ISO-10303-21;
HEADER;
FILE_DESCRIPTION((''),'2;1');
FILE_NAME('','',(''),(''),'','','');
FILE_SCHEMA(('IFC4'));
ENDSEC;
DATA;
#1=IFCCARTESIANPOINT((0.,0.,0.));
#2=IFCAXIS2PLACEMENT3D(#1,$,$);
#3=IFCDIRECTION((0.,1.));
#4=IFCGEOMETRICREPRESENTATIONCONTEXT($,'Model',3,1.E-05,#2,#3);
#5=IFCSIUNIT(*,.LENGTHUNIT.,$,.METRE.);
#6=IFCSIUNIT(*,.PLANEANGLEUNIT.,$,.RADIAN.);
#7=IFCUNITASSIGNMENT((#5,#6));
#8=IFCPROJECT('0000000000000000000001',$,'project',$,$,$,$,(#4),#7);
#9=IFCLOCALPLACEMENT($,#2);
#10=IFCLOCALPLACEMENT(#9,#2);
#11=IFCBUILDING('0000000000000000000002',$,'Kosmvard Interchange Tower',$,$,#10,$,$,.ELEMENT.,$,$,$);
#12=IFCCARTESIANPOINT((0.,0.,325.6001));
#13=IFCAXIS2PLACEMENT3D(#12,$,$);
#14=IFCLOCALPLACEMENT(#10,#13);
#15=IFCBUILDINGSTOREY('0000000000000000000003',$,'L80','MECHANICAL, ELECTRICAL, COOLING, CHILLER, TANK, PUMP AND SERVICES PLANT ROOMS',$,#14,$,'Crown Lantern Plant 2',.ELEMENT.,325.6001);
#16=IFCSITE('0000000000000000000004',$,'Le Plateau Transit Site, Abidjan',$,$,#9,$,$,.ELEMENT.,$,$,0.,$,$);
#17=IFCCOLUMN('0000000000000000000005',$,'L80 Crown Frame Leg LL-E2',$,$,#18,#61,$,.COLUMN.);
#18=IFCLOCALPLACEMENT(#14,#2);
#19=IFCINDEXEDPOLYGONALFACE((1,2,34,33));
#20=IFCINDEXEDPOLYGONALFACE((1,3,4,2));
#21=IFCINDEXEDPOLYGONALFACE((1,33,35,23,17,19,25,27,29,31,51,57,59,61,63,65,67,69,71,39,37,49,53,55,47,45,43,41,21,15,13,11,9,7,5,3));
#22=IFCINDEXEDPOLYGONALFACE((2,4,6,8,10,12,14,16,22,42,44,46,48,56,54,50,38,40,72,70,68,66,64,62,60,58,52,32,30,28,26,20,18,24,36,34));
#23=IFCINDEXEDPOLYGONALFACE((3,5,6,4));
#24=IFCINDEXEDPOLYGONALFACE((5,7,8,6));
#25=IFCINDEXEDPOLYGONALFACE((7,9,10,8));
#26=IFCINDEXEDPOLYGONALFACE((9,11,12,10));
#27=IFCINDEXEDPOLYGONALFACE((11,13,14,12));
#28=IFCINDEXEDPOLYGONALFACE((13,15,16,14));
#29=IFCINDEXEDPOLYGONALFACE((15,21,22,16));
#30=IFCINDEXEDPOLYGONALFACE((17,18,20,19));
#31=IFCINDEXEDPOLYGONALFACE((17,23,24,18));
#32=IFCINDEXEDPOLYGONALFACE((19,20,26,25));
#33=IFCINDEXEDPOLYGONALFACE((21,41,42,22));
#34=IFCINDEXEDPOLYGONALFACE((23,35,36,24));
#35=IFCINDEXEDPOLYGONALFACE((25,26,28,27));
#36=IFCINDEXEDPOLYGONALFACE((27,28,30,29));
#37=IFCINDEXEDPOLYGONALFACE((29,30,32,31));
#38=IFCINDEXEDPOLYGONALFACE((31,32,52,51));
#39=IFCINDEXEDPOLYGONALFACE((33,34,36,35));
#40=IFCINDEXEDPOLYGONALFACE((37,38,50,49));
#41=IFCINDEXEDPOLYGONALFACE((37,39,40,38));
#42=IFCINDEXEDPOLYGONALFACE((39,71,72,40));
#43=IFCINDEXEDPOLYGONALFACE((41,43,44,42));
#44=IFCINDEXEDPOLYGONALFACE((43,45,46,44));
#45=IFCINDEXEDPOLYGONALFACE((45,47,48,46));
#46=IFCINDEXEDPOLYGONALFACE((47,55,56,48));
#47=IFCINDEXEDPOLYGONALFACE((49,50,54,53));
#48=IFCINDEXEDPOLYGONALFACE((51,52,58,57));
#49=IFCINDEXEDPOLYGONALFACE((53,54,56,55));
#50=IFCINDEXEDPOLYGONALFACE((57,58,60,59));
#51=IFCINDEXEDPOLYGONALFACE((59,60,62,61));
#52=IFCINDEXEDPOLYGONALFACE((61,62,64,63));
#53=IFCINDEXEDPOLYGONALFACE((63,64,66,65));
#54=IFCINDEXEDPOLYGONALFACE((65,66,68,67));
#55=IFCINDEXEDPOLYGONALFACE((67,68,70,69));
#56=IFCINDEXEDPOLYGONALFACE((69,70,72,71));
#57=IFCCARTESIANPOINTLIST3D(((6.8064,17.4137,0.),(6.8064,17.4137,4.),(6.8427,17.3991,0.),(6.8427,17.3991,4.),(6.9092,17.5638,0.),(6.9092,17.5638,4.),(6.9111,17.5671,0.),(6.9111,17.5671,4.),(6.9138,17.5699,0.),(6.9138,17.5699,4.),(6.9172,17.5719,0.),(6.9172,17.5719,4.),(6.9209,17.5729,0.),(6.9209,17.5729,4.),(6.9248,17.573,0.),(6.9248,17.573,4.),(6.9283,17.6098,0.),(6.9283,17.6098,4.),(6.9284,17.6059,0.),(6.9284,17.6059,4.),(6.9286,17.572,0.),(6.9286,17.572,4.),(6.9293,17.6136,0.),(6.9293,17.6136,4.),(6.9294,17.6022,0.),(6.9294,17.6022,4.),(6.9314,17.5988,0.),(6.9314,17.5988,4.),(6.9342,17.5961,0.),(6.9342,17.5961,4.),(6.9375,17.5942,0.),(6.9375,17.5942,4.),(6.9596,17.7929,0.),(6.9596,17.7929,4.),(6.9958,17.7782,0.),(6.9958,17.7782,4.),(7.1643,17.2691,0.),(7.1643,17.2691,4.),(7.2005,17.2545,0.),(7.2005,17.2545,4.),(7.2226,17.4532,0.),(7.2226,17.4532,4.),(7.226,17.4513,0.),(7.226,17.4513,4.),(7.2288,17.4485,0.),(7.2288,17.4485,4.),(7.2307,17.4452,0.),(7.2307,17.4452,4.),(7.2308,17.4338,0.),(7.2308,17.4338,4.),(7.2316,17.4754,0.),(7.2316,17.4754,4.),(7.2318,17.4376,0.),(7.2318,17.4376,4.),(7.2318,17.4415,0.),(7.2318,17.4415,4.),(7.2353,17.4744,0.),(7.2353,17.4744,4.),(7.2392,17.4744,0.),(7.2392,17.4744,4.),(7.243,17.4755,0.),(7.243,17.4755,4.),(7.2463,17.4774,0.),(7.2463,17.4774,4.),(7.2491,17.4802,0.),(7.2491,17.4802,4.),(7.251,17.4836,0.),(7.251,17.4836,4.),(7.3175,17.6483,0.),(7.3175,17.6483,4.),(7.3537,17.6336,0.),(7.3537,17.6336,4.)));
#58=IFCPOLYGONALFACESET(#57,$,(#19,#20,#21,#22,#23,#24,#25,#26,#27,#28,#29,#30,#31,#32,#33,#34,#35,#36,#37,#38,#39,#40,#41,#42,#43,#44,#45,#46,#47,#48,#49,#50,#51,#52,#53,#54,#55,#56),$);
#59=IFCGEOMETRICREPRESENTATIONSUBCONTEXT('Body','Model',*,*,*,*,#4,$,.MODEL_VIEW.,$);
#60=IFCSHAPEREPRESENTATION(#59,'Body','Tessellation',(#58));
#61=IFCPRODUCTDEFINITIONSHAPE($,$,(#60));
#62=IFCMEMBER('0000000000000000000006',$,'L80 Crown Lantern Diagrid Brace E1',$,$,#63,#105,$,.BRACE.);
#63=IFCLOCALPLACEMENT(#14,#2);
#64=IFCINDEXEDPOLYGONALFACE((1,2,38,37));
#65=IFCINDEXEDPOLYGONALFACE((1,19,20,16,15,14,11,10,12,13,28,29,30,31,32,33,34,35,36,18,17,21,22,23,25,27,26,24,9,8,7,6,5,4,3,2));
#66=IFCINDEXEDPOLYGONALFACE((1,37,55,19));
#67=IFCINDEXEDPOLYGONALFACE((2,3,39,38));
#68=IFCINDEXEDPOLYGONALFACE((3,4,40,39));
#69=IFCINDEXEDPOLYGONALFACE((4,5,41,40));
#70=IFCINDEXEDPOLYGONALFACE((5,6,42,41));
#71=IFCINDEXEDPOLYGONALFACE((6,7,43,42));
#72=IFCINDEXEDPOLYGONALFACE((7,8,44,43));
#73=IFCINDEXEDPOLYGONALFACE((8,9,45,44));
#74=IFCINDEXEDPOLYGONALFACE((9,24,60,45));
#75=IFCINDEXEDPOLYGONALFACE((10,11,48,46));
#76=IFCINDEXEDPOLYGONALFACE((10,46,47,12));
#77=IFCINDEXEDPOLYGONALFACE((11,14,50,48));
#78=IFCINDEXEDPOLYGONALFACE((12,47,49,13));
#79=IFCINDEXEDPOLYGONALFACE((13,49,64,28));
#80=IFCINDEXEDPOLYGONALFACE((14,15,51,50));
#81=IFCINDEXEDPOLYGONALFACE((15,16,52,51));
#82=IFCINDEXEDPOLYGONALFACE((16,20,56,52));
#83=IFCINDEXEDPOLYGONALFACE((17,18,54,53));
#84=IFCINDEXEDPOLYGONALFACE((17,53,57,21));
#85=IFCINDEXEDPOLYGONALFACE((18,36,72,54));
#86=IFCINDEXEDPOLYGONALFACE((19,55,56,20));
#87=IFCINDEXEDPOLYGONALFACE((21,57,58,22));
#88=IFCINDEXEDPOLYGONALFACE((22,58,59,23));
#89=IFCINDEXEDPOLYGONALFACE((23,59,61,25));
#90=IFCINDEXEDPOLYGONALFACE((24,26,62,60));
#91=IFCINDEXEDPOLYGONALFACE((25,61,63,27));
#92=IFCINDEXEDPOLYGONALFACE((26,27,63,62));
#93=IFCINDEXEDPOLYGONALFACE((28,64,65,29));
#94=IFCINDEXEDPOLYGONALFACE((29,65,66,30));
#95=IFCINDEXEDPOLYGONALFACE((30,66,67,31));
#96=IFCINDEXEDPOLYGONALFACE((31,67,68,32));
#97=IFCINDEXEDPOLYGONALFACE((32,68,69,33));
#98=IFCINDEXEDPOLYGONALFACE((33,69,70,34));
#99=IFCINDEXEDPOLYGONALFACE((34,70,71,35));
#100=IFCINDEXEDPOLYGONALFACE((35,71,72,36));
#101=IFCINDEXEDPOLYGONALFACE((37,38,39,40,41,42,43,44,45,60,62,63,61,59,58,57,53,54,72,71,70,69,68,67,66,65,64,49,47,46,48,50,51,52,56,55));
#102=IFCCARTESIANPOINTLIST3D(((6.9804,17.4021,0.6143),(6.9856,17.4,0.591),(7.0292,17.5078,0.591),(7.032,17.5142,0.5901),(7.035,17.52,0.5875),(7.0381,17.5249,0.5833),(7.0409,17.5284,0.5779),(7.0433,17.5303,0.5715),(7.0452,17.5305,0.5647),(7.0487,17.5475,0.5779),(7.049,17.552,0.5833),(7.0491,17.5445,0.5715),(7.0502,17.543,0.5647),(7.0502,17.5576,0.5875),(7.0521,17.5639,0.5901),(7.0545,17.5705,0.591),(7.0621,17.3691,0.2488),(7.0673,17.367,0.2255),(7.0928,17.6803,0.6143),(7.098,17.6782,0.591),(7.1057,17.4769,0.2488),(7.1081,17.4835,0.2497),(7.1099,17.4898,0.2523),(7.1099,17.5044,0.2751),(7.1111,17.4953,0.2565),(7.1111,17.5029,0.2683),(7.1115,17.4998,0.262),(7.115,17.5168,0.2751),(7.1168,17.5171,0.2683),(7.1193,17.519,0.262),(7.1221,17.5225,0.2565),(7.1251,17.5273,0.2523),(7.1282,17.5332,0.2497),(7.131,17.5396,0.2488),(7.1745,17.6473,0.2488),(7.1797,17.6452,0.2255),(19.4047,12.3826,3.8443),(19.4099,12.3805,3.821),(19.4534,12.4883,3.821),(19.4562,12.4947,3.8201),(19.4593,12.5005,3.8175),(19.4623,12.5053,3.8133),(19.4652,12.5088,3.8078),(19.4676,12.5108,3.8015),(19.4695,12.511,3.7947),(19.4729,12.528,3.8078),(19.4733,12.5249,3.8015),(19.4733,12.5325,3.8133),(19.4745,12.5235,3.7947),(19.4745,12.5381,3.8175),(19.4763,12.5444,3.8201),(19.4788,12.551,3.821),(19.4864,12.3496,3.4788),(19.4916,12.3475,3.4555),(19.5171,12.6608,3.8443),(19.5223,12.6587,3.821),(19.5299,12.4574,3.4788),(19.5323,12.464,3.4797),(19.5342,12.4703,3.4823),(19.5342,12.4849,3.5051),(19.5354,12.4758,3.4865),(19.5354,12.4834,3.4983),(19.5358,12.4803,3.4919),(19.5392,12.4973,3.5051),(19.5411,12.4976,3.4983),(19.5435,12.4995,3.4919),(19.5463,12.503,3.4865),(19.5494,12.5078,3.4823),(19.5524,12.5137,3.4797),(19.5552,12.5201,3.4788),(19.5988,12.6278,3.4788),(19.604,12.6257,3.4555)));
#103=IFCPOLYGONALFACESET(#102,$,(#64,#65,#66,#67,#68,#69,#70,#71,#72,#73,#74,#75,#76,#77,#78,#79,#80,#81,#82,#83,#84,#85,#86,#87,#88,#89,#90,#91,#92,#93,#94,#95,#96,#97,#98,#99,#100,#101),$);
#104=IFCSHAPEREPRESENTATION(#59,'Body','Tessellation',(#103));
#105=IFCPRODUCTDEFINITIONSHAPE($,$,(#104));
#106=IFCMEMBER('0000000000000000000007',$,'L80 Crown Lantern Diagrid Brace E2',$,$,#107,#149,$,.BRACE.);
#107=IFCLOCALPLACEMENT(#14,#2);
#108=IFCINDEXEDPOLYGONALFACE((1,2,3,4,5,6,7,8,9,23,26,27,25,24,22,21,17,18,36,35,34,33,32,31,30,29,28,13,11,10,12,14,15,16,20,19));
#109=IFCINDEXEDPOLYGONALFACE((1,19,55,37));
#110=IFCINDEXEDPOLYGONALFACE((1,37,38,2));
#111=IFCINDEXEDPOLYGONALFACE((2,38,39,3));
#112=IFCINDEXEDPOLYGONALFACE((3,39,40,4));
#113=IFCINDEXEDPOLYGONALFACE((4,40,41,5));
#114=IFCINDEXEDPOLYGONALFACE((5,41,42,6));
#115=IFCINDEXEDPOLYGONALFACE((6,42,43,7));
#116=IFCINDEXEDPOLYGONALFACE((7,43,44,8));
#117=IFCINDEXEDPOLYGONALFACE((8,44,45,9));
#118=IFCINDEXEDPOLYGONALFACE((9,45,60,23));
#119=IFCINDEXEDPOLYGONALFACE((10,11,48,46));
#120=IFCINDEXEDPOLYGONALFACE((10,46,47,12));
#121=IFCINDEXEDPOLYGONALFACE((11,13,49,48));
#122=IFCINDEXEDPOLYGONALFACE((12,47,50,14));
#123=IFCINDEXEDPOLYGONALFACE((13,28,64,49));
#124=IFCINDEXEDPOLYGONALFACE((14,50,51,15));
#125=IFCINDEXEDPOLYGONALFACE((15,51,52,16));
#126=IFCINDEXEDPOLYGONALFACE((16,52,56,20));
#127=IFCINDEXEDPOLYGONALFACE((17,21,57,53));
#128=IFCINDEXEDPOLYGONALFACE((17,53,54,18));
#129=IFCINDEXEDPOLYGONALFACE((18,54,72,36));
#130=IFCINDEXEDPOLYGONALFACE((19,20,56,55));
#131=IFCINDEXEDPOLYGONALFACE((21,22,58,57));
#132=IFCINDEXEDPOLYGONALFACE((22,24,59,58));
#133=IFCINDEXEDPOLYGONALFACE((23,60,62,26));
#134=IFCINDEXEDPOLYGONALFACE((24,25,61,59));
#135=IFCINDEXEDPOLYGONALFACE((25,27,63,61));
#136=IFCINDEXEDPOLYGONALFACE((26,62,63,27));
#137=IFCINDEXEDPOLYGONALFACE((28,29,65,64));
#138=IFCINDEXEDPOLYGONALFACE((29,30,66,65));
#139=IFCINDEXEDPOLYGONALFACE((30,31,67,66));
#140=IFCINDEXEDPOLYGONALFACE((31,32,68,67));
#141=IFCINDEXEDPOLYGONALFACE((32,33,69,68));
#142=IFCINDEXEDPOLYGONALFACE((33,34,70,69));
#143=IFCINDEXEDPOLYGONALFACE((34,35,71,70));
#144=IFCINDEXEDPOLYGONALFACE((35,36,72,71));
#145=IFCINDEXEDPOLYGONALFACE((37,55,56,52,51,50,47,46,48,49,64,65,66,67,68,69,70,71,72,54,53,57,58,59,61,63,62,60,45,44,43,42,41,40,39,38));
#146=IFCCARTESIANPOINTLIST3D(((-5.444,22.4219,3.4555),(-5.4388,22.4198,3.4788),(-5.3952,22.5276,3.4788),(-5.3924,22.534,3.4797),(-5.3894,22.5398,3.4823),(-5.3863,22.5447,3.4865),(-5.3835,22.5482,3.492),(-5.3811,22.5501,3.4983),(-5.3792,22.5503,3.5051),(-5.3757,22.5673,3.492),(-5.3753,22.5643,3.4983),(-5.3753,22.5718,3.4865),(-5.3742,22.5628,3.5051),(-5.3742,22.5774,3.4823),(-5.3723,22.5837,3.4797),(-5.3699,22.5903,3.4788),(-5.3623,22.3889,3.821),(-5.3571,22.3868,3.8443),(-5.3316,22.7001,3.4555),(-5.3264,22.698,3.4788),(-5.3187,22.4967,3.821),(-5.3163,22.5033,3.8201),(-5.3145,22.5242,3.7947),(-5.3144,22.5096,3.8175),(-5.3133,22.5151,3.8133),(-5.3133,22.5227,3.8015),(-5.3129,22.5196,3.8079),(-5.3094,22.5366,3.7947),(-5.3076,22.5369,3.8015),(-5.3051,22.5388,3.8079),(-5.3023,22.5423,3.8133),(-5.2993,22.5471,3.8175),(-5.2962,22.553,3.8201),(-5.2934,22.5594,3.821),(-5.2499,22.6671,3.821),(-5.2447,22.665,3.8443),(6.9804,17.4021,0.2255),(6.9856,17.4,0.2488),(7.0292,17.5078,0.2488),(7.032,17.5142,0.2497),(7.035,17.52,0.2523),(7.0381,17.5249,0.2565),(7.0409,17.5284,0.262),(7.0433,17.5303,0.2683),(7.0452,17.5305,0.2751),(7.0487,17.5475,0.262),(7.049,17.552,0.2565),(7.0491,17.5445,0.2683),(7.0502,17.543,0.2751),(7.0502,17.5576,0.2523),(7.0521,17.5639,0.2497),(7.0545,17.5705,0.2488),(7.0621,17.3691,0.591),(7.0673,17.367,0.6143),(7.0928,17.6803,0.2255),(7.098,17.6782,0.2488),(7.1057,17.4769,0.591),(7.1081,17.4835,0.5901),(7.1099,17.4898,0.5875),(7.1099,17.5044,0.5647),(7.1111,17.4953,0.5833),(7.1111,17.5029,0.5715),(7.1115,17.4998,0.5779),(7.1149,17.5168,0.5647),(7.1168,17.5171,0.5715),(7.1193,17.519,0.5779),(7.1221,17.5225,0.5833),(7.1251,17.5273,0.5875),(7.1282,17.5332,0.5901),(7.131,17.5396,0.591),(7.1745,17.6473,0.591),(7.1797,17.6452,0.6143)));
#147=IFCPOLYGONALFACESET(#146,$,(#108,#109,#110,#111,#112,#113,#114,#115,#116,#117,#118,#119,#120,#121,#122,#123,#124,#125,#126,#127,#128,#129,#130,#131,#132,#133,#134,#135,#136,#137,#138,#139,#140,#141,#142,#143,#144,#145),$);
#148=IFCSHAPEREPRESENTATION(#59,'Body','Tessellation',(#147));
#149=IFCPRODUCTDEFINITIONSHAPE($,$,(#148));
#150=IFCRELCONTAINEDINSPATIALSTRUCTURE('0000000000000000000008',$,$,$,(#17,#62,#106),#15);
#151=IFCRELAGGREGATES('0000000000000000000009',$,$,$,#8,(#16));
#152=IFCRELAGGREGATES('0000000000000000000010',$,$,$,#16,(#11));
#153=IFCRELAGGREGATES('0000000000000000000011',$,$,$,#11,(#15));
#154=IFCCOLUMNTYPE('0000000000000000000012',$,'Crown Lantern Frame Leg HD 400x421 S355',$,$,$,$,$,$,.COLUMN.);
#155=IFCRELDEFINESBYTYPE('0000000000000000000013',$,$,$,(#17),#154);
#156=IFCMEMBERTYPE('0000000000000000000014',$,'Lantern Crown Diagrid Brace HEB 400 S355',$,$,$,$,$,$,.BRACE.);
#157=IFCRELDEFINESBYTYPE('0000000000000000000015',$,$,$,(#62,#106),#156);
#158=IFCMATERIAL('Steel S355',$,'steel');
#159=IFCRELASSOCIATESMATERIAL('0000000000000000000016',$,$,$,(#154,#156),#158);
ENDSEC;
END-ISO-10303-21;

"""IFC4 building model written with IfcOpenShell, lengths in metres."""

from ifc_helpers import new_model, si_unit, direction, frame, origin, origin_2d, place, context, subcontext, project, spatial, i_section, extrude, source, transform, mapped, material, material_profile, profile_set, type_object, element, save


model = new_model("IFC4")

# Units and contexts
model_context = context("Model", 3, precision=1e-05, world=origin(), true_north=direction((0.0, 1.0)))
body_context = subcontext(model_context, "Body", "Model", "MODEL_VIEW")
ifc_project = project(units=[si_unit("LENGTHUNIT", "METRE"), si_unit("PLANEANGLEUNIT", "RADIAN")], contexts=[model_context])

# Site, building, storey
site_placement = place(None, origin())
site = spatial("IfcSite", under=ifc_project, at=site_placement, Name="Le Plateau Transit Site, Abidjan", CompositionType="ELEMENT", RefElevation=0.0)
building_placement = place(site_placement, origin())
building = spatial("IfcBuilding", under=site, at=building_placement, Name="Kosmvard Interchange Tower", CompositionType="ELEMENT")
storey_placement = place(building_placement, frame((0.0, 0.0, 325.6001)))
storey = spatial("IfcBuildingStorey", under=building, at=storey_placement, Name="L80", Description="MECHANICAL, ELECTRICAL, COOLING, CHILLER, TANK, PUMP AND SERVICES PLANT ROOMS", LongName="Crown Lantern Plant 2", CompositionType="ELEMENT", Elevation=325.6001)

# Column
ifc_material_1 = material(Name="Steel S355", Category="steel")
ifc_material_profile_1 = material_profile(ifc_material_1, i_section(OverallWidth=0.4089, OverallDepth=0.425, WebThickness=0.0239, FlangeThickness=0.0391, FilletRadius=0.0149, at=origin_2d()), Name="HD 400x421")
ifc_profile_set_1 = profile_set([ifc_material_profile_1], Name="Steel S355")
column_type = type_object("IfcColumnType", Name="Crown Lantern Frame Leg HD 400x421 S355", PredefinedType="COLUMN", material=ifc_profile_set_1)
shared_shape_1 = source(origin(), body_context, "Body", "SweptSolid", [
    extrude(i_section(OverallWidth=0.4089, OverallDepth=0.425, WebThickness=0.0239, FlangeThickness=0.0391, FilletRadius=0.0149, at=origin_2d()), origin(), (0.0, 0.0, 1.0), 4.0),
])
column_placement = place(storey_placement, frame((7.0801, 17.5237, 0.0), z_axis=(0.0, 0.0, 1.0), x_axis=(0.374607, 0.927184, 0.0)))
element("IfcColumn", 1, at=column_placement, inside=storey, type_object=column_type, Name="L80 Crown Frame Leg LL-E2", PredefinedType="COLUMN", context=body_context, shape_type="MappedRepresentation", body=[
    mapped(shared_shape_1, transform((0.0, 0.0, 0.0), scale=1.0)),
])

# Members
ifc_material_profile_2 = material_profile(ifc_material_1, i_section(OverallWidth=0.3, OverallDepth=0.3999, WebThickness=0.0134, FlangeThickness=0.0239, FilletRadius=0.0271, at=origin_2d()), Name="HEB 400")
ifc_profile_set_2 = profile_set([ifc_material_profile_2], Name="Steel S355")
member_type_1 = type_object("IfcMemberType", Name="Lantern Crown Diagrid Brace HEB 400 S355", PredefinedType="BRACE", material=ifc_profile_set_2)
shared_shape_2 = source(origin(), body_context, "Body", "SweptSolid", [
    extrude(i_section(OverallWidth=0.3, OverallDepth=0.3999, WebThickness=0.0134, FlangeThickness=0.0239, FilletRadius=0.0271, at=origin_2d()), origin(), (0.0, 0.0, 1.0), 13.7837),
])
member_1_placement = place(storey_placement, frame((7.0801, 17.5237, 0.4199), z_axis=(0.901373, -0.364163, 0.234332), x_axis=(0.374593, 0.92719, 0.0)))
element("IfcMember", 2, at=member_1_placement, inside=storey, type_object=member_type_1, Name="L80 Crown Lantern Diagrid Brace E1", PredefinedType="BRACE", context=body_context, shape_type="MappedRepresentation", body=[
    mapped(shared_shape_2, transform((0.0, 0.0, 0.0), scale=1.0)),
])
shared_shape_3 = source(origin(), body_context, "Body", "SweptSolid", [
    extrude(i_section(OverallWidth=0.3, OverallDepth=0.3999, WebThickness=0.0134, FlangeThickness=0.0239, FilletRadius=0.0271, at=origin_2d()), origin(), (0.0, 0.0, 1.0), 13.7839),
])
member_2_placement = place(storey_placement, frame((7.0801, 17.5237, 0.4199), z_axis=(-0.901368, 0.364178, 0.234331), x_axis=(-0.374608, -0.927183, 0.0)))
element("IfcMember", 3, at=member_2_placement, inside=storey, type_object=member_type_1, Name="L80 Crown Lantern Diagrid Brace E2", PredefinedType="BRACE", context=body_context, shape_type="MappedRepresentation", body=[
    mapped(shared_shape_3, transform((0.0, 0.0, 0.0), scale=1.0)),
])

save(model, "model.ifc")
